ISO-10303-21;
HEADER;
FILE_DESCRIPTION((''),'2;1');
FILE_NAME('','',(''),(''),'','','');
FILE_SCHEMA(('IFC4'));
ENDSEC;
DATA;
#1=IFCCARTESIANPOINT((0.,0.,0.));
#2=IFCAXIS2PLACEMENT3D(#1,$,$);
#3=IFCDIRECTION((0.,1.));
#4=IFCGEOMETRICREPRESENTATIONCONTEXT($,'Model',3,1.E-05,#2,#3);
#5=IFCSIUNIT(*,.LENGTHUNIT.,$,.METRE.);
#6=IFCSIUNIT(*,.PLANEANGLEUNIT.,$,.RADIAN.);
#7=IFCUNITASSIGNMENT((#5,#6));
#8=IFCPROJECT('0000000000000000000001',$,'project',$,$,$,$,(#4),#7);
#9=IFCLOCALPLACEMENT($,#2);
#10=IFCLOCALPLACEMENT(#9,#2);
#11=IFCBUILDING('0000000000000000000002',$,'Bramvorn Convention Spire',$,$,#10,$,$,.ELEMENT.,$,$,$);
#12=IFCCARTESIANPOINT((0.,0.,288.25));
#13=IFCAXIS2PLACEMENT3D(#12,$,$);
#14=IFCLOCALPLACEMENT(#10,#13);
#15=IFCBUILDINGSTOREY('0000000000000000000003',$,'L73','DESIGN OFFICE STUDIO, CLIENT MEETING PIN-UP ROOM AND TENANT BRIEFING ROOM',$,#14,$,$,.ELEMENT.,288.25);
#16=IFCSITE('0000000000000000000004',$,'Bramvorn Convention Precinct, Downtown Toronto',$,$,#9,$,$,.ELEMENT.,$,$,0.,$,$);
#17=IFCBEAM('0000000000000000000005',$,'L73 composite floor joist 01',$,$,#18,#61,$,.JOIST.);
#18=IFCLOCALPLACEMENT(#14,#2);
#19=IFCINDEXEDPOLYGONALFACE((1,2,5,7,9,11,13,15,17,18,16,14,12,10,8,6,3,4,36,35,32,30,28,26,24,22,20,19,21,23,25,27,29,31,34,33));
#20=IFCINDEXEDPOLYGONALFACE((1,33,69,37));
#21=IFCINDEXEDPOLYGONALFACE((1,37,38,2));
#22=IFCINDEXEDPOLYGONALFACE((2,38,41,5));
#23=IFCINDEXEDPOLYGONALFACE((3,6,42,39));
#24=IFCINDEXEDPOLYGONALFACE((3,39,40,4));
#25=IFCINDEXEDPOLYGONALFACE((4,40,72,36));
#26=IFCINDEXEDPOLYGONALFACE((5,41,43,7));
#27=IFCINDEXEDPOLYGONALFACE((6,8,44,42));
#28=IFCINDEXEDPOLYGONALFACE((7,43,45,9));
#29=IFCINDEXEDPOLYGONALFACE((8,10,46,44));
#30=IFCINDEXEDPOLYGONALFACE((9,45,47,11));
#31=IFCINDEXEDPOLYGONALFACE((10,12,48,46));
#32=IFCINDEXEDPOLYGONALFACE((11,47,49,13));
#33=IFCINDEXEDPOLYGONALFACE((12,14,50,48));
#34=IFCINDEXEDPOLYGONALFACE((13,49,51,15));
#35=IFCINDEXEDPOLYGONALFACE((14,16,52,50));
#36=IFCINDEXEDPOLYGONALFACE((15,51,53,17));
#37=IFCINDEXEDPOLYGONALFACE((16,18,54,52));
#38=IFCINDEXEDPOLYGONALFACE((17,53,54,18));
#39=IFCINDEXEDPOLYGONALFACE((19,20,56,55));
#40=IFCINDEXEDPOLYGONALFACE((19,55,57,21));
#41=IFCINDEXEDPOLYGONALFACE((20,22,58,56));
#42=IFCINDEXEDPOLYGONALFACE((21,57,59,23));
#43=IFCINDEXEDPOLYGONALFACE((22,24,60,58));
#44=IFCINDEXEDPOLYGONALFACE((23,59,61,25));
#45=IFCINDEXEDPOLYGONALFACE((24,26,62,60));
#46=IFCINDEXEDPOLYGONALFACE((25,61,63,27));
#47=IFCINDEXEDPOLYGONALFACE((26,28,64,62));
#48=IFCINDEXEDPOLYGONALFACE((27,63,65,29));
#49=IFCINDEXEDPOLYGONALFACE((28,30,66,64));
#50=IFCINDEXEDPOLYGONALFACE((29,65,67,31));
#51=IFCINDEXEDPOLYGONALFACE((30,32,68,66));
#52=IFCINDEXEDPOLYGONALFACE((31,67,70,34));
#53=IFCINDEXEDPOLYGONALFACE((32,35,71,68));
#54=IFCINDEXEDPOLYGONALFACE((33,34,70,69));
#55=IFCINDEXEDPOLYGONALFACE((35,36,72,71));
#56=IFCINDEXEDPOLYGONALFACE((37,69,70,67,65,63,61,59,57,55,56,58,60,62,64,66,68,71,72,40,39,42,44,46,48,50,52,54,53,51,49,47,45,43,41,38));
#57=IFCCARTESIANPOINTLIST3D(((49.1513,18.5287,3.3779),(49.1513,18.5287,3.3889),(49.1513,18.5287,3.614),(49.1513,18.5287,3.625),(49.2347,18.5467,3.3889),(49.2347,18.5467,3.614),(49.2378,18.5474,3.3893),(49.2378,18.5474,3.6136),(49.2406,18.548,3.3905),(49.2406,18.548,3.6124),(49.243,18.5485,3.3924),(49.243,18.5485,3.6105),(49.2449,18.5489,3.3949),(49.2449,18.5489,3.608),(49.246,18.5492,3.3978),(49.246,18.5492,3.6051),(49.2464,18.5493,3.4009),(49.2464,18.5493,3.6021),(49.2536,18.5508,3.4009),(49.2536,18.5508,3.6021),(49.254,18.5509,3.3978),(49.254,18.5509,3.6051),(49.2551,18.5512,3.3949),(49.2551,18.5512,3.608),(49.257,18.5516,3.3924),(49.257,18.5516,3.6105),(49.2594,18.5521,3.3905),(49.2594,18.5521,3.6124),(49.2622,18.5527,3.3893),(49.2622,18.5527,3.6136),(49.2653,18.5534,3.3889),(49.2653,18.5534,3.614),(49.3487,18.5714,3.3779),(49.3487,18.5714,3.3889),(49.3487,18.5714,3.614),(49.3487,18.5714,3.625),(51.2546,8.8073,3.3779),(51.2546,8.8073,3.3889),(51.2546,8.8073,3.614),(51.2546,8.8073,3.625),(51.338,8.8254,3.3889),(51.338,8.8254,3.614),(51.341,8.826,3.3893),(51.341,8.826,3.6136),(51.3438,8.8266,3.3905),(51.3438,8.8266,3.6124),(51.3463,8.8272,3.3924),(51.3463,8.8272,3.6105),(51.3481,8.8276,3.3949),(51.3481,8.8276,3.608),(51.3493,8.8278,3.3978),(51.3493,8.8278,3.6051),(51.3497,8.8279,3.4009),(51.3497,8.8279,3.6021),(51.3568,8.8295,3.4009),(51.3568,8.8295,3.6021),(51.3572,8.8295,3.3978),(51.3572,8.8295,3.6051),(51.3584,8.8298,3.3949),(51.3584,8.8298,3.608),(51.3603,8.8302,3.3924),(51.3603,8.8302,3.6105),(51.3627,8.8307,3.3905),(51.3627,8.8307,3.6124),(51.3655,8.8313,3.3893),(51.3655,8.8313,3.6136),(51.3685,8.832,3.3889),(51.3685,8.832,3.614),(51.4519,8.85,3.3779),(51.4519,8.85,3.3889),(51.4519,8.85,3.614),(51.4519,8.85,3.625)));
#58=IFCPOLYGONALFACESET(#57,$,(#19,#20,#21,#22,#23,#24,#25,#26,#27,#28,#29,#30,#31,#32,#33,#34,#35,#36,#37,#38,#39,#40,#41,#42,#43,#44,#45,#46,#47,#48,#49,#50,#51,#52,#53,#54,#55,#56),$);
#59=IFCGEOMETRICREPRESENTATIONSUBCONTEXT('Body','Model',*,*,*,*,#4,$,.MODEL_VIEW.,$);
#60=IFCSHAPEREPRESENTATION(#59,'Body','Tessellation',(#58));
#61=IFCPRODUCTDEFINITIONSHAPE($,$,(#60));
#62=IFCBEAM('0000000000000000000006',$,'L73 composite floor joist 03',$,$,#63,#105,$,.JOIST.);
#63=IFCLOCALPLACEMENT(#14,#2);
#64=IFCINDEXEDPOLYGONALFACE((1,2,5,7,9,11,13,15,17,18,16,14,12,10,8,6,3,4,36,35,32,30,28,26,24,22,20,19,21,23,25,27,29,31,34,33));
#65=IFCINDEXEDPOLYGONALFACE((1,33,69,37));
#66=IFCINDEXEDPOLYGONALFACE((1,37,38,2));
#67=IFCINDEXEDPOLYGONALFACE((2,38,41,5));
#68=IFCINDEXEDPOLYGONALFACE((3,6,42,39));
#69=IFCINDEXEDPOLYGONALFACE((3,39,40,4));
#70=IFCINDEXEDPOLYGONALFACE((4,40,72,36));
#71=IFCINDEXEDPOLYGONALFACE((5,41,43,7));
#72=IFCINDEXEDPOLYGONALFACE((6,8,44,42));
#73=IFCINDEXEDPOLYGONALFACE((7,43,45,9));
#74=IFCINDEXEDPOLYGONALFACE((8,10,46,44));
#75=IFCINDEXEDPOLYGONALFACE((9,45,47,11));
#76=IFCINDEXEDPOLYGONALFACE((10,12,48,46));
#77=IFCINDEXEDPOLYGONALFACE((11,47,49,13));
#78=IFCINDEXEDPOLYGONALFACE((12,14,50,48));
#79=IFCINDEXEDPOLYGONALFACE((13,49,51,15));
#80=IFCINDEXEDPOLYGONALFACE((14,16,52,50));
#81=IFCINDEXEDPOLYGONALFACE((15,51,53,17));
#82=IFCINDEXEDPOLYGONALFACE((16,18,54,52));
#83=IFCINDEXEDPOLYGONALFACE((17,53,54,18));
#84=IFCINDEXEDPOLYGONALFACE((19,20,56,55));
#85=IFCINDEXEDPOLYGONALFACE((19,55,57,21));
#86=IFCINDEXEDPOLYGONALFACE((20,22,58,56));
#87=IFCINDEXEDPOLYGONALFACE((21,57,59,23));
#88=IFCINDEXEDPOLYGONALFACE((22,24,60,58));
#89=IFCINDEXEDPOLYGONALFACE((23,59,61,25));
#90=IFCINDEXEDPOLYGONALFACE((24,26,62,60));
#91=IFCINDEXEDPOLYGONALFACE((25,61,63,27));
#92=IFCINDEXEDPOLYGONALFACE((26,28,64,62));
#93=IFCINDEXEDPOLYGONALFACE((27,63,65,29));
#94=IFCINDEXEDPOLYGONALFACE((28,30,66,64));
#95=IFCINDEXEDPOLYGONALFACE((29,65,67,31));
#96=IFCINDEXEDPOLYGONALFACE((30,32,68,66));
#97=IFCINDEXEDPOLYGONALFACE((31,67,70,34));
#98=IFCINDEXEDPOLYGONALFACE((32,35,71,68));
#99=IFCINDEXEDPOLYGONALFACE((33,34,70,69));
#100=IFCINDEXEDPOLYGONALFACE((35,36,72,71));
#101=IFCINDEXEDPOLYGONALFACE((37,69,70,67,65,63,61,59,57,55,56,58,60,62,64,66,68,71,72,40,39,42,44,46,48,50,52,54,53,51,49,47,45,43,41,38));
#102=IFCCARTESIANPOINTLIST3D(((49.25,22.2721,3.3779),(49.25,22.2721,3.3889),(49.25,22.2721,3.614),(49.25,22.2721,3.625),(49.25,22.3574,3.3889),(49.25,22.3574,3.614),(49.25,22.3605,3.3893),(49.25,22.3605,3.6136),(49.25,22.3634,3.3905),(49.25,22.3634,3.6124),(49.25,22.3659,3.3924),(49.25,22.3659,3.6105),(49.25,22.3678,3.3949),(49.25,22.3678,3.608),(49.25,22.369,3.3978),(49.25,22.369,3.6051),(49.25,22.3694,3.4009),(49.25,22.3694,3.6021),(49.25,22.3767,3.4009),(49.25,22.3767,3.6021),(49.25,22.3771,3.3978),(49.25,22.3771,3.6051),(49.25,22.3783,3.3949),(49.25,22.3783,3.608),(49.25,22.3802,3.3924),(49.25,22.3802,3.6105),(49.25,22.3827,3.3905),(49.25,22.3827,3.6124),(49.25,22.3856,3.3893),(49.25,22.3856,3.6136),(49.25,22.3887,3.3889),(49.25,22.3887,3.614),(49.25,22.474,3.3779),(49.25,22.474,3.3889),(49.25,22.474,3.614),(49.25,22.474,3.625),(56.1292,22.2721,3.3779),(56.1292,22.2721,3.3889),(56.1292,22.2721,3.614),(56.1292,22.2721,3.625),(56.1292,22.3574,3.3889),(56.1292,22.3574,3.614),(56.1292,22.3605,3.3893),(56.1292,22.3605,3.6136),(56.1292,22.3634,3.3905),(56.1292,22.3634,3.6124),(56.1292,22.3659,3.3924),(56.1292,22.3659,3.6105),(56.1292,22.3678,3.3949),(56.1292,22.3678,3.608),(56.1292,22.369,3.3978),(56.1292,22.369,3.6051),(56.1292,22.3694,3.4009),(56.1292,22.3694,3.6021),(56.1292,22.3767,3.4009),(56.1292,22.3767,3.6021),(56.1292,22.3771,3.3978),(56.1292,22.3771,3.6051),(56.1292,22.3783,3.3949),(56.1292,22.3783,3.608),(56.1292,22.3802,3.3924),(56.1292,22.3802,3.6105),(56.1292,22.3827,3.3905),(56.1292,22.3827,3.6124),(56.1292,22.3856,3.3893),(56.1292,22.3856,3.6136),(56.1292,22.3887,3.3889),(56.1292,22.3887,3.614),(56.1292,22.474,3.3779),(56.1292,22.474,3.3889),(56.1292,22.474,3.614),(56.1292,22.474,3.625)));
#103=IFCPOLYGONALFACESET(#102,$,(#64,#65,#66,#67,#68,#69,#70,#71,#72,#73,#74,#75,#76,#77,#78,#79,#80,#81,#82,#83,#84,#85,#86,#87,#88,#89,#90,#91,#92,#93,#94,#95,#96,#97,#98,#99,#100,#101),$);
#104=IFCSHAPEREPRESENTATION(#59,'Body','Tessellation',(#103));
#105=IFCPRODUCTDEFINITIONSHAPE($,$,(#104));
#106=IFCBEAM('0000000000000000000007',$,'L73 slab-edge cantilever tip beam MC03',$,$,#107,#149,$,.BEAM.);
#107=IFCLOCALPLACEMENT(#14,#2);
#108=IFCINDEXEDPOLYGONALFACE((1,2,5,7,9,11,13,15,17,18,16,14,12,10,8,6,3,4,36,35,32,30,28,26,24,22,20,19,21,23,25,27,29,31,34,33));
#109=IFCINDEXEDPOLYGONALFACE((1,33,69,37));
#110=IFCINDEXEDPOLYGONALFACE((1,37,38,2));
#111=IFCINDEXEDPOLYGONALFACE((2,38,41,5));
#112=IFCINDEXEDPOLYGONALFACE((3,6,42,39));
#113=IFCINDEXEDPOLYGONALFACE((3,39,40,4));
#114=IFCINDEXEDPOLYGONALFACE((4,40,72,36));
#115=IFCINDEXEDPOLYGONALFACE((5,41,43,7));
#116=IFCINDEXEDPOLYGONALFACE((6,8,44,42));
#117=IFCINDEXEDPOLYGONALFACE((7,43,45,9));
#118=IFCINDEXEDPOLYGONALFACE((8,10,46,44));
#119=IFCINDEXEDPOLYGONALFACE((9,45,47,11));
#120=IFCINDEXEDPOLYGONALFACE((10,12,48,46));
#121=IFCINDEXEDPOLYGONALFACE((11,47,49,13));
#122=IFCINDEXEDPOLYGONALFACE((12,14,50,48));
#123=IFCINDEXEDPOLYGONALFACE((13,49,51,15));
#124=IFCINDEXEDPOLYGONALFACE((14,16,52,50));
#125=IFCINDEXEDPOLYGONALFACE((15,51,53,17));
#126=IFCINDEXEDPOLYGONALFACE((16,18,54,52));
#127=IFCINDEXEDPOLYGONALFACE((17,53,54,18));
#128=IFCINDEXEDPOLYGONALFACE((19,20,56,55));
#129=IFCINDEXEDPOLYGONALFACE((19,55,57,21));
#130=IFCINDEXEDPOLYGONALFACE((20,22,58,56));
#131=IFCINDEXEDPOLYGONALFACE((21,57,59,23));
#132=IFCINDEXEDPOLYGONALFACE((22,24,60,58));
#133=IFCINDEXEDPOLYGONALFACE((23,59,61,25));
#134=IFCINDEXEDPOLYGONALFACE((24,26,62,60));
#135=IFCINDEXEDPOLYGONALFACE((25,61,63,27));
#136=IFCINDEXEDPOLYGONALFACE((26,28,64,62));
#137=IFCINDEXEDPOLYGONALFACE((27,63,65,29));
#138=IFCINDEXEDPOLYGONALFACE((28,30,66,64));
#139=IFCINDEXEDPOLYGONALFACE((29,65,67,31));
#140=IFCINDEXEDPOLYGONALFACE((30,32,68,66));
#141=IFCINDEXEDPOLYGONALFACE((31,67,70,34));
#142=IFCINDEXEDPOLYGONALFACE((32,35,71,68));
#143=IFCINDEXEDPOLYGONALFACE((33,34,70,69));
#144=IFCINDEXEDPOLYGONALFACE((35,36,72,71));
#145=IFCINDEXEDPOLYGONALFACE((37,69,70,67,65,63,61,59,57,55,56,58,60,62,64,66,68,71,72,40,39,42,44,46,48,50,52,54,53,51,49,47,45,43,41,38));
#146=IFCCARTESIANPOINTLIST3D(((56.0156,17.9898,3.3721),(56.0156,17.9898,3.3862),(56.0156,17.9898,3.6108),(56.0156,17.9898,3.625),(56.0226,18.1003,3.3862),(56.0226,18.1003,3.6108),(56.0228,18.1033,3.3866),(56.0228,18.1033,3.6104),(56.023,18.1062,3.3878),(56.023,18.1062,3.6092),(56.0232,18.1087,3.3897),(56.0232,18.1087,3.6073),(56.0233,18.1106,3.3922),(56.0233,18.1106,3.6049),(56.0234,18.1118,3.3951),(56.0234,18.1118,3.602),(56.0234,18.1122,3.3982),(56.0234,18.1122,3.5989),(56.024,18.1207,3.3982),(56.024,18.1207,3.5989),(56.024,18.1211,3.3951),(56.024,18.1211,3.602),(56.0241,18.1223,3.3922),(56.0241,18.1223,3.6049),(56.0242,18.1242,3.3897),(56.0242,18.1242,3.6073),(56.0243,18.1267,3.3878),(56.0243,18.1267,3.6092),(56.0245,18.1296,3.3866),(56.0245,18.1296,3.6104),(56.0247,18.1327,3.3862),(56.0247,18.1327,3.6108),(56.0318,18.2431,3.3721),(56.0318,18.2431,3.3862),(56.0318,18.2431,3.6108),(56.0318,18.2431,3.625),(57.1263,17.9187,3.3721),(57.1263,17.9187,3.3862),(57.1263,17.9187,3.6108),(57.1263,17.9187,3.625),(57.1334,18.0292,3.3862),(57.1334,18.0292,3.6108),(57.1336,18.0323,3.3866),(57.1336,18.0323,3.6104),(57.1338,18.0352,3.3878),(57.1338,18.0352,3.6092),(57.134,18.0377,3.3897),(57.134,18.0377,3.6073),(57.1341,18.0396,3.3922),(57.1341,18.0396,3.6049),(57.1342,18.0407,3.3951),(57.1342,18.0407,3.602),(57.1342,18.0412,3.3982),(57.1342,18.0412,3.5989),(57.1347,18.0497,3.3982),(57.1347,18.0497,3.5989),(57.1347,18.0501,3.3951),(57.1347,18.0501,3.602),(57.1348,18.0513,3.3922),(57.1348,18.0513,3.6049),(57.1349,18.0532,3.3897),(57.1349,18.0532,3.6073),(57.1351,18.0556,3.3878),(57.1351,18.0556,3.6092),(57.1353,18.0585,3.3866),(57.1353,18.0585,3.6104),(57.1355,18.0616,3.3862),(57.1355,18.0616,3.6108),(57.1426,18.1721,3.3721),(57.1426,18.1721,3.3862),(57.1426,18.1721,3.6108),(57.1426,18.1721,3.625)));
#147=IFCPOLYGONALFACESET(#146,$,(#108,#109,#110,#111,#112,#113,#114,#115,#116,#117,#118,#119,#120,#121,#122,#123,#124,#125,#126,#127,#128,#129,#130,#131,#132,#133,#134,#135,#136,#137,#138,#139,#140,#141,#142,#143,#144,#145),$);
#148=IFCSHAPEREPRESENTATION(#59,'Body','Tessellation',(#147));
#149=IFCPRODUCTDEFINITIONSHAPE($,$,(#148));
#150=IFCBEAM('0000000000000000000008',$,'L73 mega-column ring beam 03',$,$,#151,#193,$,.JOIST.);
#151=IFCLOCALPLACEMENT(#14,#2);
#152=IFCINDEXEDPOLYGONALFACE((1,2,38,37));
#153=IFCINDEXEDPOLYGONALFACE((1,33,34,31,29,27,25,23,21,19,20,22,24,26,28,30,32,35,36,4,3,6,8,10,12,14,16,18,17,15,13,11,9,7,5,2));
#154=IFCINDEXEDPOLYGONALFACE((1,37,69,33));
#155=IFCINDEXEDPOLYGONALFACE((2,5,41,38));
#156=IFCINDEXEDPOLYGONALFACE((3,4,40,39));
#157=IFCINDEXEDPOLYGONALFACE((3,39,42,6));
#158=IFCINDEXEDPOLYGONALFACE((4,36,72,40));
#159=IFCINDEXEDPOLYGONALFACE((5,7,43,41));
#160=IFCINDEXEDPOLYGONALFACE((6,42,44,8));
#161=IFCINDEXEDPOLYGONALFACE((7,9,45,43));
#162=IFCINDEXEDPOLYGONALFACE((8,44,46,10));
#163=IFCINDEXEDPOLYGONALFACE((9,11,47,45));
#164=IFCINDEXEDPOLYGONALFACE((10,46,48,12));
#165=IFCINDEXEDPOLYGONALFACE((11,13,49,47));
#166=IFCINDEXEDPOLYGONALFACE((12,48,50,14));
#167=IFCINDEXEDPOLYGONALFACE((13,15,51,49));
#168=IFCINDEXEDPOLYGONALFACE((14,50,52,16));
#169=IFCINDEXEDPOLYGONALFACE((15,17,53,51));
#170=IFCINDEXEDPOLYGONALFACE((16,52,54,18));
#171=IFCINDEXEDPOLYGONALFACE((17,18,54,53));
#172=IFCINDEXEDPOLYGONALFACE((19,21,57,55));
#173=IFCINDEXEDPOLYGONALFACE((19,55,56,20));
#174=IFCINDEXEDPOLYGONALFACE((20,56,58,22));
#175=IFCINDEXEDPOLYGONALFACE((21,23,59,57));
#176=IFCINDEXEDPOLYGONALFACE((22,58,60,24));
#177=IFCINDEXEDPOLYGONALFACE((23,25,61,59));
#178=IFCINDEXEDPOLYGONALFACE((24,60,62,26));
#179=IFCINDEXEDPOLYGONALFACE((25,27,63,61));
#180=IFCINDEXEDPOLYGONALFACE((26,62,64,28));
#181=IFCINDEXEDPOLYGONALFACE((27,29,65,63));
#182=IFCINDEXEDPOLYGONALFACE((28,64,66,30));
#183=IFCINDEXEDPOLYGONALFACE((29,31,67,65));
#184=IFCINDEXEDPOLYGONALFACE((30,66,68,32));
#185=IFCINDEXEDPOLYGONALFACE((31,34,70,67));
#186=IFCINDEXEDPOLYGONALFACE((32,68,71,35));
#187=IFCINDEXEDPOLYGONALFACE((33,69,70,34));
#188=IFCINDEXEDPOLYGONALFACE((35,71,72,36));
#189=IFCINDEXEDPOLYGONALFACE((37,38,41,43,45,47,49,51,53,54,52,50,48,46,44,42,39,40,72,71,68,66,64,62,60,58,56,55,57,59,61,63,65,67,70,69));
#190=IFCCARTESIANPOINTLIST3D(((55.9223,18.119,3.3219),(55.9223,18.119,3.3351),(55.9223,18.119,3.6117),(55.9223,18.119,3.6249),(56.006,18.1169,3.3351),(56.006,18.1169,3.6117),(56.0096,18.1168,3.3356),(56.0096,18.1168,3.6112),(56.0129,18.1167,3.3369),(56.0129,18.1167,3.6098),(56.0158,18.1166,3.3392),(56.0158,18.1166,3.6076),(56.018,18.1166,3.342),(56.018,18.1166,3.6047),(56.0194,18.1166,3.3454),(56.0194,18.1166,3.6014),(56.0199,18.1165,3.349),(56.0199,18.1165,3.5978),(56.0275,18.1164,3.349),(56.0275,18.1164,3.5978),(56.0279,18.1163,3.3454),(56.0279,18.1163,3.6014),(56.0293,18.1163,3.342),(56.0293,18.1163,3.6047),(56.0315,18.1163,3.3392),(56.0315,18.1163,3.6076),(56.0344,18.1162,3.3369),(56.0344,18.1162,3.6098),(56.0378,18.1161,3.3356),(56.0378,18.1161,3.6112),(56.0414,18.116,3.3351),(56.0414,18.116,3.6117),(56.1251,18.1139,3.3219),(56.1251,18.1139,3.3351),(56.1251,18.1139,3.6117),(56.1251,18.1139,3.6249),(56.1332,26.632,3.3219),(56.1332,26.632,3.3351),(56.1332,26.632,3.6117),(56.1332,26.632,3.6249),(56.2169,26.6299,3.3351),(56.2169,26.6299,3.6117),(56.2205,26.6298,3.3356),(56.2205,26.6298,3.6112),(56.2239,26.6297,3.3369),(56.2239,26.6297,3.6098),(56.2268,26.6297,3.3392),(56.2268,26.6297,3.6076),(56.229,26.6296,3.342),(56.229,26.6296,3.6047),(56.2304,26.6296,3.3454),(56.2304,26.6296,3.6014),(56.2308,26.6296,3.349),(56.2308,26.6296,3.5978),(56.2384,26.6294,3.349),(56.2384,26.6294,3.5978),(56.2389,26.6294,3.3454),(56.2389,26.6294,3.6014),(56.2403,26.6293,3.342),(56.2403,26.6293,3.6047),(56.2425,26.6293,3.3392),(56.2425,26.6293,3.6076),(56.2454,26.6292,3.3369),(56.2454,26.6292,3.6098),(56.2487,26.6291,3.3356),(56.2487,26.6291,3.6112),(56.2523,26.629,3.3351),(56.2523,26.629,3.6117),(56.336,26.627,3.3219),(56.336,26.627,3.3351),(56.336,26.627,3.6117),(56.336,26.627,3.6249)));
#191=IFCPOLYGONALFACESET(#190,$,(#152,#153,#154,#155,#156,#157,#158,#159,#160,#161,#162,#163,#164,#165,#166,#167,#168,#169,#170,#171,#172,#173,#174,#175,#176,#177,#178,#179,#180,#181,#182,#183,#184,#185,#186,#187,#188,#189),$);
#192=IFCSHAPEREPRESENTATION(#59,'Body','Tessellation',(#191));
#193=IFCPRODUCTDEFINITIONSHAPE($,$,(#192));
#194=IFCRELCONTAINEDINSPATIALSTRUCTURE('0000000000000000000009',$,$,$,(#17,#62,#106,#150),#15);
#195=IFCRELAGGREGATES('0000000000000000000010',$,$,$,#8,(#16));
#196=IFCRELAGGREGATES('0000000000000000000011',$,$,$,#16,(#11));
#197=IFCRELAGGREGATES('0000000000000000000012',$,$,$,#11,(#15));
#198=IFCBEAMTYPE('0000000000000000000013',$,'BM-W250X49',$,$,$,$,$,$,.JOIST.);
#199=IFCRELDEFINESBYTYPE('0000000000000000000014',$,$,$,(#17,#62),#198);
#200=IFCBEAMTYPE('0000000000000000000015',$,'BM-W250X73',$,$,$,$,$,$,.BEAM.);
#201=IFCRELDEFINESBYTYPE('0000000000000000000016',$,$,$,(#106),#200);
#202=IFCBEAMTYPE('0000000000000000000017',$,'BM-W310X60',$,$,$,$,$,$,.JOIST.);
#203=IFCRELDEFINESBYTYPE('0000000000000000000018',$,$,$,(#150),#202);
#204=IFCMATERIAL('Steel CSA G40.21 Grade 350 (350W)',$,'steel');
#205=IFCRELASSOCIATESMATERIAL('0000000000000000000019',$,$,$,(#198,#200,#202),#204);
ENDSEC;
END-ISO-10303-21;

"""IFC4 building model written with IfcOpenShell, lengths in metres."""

from ifc_helpers import new_model, si_unit, direction, frame, origin, origin_2d, place, context, subcontext, project, spatial, i_section, extrude, material, material_profile, profile_set, type_object, element, save


model = new_model("IFC4")

# Units and contexts
model_context = context("Model", 3, precision=1e-05, world=origin(), true_north=direction((0.0, 1.0)))
body_context = subcontext(model_context, "Body", "Model", "MODEL_VIEW")
ifc_project = project(units=[si_unit("LENGTHUNIT", "METRE"), si_unit("PLANEANGLEUNIT", "RADIAN")], contexts=[model_context])

# Site, building, storey
site_placement = place(None, origin())
site = spatial("IfcSite", under=ifc_project, at=site_placement, Name="Bramvorn Convention Precinct, Downtown Toronto", CompositionType="ELEMENT", RefElevation=0.0)
building_placement = place(site_placement, origin())
building = spatial("IfcBuilding", under=site, at=building_placement, Name="Bramvorn Convention Spire", CompositionType="ELEMENT")
storey_placement = place(building_placement, frame((0.0, 0.0, 288.25)))
storey = spatial("IfcBuildingStorey", under=building, at=storey_placement, Name="L73", Description="DESIGN OFFICE STUDIO, CLIENT MEETING PIN-UP ROOM AND TENANT BRIEFING ROOM", CompositionType="ELEMENT", Elevation=288.25)

# Beams
ifc_material_1 = material(Name="Steel CSA G40.21 Grade 350 (350W)", Category="steel")
ifc_material_profile_1 = material_profile(ifc_material_1, i_section(OverallWidth=0.2019, OverallDepth=0.2471, WebThickness=0.0073, FlangeThickness=0.011, FilletRadius=0.012, at=origin_2d()))
ifc_profile_set_1 = profile_set([ifc_material_profile_1], Name="Steel CSA G40.21 Grade 350 (350W) - W250X49")
beam_type_1 = type_object("IfcBeamType", Name="BM-W250X49", PredefinedType="JOIST", material=ifc_profile_set_1)
beam_1_placement = place(storey_placement, frame((49.25, 18.55, 3.5015), z_axis=(0.211461, -0.977386, 0.0), x_axis=(0.977386, 0.211461, 0.0)))
element("IfcBeam", 1, at=beam_1_placement, inside=storey, type_object=beam_type_1, Name="L73 composite floor joist 01", PredefinedType="JOIST", context=body_context, shape_type="SweptSolid", body=[
    extrude(i_section(OverallWidth=0.2019, OverallDepth=0.2471, WebThickness=0.0073, FlangeThickness=0.011, FilletRadius=0.012, at=origin_2d()), origin(), (0.0, 0.0, 1.0), 9.9463),
])
beam_2_placement = place(storey_placement, frame((49.25, 22.373, 3.5015), z_axis=(1.0, 0.0, 0.0), x_axis=(0.0, 1.0, 0.0)))
element("IfcBeam", 2, at=beam_2_placement, inside=storey, type_object=beam_type_1, Name="L73 composite floor joist 03", PredefinedType="JOIST", context=body_context, shape_type="SweptSolid", body=[
    extrude(i_section(OverallWidth=0.2019, OverallDepth=0.2471, WebThickness=0.0073, FlangeThickness=0.011, FilletRadius=0.012, at=origin_2d()), origin(), (0.0, 0.0, 1.0), 6.8792),
])
ifc_material_profile_2 = material_profile(ifc_material_1, i_section(OverallWidth=0.2539, OverallDepth=0.2529, WebThickness=0.0085, FlangeThickness=0.0142, FilletRadius=0.012, at=origin_2d()))
ifc_profile_set_2 = profile_set([ifc_material_profile_2], Name="Steel CSA G40.21 Grade 350 (350W) - W250X73")
beam_type_2 = type_object("IfcBeamType", Name="BM-W250X73", PredefinedType="BEAM", material=ifc_profile_set_2)
beam_3_placement = place(storey_placement, frame((56.0237, 18.1165, 3.4985), z_axis=(0.997961, -0.063826, 0.0), x_axis=(0.063826, 0.997961, 0.0)))
element("IfcBeam", 3, at=beam_3_placement, inside=storey, type_object=beam_type_2, Name="L73 slab-edge cantilever tip beam MC03", PredefinedType="BEAM", context=body_context, shape_type="SweptSolid", body=[
    extrude(i_section(OverallWidth=0.2539, OverallDepth=0.2529, WebThickness=0.0085, FlangeThickness=0.0142, FilletRadius=0.012, at=origin_2d()), origin(), (0.0, 0.0, 1.0), 1.113),
])
ifc_material_profile_3 = material_profile(ifc_material_1, i_section(OverallWidth=0.2029, OverallDepth=0.303, WebThickness=0.0076, FlangeThickness=0.0132, FilletRadius=0.0139, at=origin_2d()))
ifc_profile_set_3 = profile_set([ifc_material_profile_3], Name="Steel CSA G40.21 Grade 350 (350W) - W310X60")
beam_type_3 = type_object("IfcBeamType", Name="BM-W310X60", PredefinedType="JOIST", material=ifc_profile_set_3)
beam_4_placement = place(storey_placement, frame((56.0237, 18.1165, 3.4734), z_axis=(0.024771, 0.999693, 0.0), x_axis=(-0.999693, 0.024771, 0.0)))
element("IfcBeam", 4, at=beam_4_placement, inside=storey, type_object=beam_type_3, Name="L73 mega-column ring beam 03", PredefinedType="JOIST", context=body_context, shape_type="SweptSolid", body=[
    extrude(i_section(OverallWidth=0.2029, OverallDepth=0.303, WebThickness=0.0076, FlangeThickness=0.0132, FilletRadius=0.0139, at=origin_2d()), origin(), (0.0, 0.0, 1.0), 8.5156),
])

save(model, "model.ifc")
